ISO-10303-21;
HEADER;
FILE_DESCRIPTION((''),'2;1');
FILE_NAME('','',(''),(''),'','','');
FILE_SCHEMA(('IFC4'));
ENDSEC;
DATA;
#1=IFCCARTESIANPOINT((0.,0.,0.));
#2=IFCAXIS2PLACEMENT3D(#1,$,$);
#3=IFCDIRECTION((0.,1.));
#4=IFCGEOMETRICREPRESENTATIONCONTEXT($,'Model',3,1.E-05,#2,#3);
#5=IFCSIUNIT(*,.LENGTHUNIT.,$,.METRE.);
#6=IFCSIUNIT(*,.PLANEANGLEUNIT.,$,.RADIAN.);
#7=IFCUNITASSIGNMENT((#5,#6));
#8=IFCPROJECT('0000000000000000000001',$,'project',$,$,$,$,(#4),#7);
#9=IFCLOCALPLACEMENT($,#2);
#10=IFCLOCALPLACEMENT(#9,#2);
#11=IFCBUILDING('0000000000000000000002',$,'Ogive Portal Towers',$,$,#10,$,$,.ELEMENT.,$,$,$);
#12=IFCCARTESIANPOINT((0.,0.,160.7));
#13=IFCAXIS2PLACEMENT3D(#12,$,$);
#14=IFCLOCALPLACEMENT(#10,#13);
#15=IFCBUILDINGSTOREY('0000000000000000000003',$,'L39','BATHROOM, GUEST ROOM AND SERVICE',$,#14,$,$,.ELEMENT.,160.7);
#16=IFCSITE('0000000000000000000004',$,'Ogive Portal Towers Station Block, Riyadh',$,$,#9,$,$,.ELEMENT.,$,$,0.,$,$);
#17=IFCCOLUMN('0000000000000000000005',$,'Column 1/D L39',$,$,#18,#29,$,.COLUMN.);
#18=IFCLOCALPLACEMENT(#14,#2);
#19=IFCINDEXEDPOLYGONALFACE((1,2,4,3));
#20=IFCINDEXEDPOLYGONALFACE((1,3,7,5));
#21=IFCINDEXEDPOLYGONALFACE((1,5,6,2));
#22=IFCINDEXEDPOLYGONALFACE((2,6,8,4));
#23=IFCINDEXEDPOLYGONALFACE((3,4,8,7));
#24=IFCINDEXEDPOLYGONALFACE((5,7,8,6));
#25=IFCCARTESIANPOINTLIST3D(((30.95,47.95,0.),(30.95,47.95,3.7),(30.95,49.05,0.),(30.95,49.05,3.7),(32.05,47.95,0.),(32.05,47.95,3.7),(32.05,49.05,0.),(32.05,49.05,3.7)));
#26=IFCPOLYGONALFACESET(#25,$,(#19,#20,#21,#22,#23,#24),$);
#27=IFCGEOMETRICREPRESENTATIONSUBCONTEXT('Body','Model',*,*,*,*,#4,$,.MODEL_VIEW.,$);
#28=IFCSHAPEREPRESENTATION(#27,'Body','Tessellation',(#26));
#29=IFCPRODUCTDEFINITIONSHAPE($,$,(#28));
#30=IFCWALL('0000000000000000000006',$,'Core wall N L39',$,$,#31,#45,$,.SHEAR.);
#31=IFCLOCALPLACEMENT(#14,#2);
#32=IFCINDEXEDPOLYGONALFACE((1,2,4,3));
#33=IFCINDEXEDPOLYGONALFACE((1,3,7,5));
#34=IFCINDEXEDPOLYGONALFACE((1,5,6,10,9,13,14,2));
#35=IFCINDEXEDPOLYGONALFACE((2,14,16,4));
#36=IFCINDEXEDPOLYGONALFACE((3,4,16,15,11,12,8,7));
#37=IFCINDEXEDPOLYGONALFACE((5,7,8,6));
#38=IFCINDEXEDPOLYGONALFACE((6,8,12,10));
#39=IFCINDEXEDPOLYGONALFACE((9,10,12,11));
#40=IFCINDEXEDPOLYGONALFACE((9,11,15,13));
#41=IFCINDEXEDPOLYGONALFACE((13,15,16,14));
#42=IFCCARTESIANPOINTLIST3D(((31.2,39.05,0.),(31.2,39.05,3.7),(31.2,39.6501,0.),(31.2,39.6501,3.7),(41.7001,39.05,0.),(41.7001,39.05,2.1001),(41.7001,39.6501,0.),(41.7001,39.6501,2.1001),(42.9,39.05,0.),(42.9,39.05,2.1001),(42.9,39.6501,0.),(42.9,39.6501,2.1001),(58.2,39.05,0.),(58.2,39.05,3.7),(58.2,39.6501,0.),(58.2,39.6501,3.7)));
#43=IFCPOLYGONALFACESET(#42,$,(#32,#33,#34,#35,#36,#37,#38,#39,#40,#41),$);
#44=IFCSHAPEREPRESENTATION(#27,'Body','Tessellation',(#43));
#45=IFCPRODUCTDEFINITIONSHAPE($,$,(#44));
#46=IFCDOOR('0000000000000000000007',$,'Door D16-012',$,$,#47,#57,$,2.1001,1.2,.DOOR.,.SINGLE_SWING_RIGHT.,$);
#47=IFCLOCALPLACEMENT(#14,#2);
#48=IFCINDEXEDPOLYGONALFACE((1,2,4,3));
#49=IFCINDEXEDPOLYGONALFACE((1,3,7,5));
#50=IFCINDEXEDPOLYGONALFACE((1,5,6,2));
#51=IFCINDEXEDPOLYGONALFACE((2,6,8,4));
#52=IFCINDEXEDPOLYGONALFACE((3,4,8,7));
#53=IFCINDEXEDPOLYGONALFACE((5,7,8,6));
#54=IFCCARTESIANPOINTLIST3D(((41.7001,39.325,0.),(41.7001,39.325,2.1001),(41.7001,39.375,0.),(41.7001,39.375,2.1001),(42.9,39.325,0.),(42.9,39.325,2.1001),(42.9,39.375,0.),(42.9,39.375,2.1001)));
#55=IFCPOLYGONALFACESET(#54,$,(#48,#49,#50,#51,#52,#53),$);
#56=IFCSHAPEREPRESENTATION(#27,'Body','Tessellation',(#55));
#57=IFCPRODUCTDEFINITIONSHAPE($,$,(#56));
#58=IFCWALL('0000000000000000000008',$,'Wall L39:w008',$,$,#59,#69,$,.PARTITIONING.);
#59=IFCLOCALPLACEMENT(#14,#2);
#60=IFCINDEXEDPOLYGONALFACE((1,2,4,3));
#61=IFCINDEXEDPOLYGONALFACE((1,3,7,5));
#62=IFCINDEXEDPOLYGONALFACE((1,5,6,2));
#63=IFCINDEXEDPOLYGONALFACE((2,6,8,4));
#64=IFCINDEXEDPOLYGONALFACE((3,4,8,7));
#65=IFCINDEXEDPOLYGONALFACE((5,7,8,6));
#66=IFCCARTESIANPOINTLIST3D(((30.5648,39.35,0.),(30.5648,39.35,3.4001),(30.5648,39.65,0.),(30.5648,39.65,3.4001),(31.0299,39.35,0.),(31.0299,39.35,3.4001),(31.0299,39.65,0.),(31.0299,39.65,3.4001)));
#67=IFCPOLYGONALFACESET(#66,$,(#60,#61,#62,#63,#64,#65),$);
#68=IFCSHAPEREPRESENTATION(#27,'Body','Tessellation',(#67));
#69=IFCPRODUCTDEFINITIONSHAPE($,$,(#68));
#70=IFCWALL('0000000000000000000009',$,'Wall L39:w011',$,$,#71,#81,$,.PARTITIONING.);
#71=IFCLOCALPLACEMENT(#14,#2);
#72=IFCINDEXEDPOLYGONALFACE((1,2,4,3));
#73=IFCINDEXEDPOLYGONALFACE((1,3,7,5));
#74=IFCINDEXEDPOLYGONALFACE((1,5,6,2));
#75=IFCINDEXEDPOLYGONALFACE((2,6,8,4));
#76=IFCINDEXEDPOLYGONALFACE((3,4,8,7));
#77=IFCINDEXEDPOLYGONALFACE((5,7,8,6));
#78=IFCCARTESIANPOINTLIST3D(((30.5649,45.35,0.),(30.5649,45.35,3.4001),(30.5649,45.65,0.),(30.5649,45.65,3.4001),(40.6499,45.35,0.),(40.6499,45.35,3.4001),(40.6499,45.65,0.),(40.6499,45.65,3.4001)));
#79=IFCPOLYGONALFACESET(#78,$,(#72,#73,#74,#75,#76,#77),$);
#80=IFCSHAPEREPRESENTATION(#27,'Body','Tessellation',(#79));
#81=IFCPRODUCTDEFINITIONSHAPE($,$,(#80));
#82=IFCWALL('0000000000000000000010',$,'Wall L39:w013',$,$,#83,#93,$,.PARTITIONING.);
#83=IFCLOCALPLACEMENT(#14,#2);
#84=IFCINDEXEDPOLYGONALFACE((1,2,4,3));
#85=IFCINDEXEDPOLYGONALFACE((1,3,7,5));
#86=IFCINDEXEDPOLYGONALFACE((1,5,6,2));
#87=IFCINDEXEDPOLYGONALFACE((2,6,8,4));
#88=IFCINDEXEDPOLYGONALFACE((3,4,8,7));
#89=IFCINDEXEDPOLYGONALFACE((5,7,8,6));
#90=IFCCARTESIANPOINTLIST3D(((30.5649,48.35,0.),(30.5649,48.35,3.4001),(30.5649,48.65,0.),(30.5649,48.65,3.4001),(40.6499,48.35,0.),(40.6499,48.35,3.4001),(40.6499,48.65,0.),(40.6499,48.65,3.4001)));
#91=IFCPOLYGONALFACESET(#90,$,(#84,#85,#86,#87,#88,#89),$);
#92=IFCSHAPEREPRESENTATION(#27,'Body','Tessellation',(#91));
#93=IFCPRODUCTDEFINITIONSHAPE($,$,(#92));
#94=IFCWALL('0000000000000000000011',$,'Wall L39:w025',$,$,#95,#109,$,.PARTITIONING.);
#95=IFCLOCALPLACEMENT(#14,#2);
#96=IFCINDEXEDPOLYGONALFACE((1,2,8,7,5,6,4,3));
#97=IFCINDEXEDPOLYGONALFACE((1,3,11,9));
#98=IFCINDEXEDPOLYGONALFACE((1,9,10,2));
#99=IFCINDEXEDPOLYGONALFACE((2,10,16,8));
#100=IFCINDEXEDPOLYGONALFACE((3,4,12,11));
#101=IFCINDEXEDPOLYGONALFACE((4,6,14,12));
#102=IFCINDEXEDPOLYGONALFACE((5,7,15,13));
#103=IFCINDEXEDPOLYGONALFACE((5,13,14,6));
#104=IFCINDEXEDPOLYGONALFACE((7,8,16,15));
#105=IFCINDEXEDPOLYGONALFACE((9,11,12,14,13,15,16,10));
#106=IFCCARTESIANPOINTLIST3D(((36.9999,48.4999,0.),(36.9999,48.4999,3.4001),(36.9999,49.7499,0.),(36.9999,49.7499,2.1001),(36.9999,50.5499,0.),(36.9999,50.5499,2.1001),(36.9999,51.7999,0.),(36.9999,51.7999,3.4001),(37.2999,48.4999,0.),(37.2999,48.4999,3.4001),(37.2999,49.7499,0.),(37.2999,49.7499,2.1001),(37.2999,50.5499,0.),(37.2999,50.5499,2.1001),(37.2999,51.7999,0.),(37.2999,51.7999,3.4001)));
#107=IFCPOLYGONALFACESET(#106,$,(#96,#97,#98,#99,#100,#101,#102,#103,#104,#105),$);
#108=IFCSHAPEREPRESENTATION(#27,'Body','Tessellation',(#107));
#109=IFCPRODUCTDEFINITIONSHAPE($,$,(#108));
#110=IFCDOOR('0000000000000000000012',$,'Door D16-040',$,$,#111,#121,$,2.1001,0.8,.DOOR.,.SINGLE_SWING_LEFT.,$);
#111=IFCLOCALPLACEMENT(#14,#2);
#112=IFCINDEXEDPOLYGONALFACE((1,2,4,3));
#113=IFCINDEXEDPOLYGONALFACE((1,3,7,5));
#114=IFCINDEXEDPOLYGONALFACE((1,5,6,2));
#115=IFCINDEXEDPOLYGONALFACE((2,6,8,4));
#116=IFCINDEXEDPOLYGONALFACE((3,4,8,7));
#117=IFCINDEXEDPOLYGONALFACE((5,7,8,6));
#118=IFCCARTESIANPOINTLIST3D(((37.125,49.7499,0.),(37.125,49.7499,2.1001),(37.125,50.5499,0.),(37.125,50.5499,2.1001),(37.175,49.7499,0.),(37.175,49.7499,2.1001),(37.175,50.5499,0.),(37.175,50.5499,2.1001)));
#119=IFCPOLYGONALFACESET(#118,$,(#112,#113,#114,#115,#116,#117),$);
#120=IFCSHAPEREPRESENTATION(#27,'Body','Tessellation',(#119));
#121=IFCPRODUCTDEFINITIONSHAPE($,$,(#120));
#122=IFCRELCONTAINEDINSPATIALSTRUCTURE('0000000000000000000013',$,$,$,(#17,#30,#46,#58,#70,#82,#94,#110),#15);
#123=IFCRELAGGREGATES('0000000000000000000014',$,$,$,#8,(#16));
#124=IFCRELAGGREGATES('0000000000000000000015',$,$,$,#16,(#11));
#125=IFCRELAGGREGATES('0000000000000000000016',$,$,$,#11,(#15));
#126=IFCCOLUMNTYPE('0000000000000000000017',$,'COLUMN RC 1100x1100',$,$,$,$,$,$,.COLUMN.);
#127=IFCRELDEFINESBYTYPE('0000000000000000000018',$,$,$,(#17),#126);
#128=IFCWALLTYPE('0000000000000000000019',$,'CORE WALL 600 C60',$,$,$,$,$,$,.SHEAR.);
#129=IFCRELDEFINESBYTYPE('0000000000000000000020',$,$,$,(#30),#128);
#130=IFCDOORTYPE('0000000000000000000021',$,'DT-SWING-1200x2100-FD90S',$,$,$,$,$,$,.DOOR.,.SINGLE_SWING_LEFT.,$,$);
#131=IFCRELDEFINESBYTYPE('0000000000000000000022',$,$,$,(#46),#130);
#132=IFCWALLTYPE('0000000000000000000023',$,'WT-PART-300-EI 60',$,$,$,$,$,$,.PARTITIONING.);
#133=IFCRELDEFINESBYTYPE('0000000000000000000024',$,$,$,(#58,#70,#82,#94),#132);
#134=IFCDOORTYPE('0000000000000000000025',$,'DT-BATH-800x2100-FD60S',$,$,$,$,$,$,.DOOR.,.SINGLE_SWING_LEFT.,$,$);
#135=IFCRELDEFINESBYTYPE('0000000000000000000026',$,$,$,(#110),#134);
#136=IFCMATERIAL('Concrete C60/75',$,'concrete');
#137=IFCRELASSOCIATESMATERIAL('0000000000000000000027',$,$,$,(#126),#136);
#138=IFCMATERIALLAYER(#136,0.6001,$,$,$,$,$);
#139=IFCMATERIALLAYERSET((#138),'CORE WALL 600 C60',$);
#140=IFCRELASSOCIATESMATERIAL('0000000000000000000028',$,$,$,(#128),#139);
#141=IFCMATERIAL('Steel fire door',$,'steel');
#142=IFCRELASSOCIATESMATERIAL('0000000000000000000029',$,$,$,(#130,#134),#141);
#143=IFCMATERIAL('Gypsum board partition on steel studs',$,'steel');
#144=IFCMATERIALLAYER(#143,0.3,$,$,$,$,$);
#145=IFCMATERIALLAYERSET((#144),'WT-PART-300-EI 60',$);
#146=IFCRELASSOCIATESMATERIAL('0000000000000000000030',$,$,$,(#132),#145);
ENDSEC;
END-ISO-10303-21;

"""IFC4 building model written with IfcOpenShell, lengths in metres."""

from ifc_helpers import new_model, si_unit, direction, frame, frame_2d, origin, origin_2d, place, context, subcontext, project, spatial, rectangle, extrude, material, layer, layer_set, material_profile, profile_set, type_object, element, fill, save


model = new_model("IFC4")

# Units and contexts
model_context = context("Model", 3, precision=1e-05, world=origin(), true_north=direction((0.0, 1.0)))
body_context = subcontext(model_context, "Body", "Model", "MODEL_VIEW")
ifc_project = project(units=[si_unit("LENGTHUNIT", "METRE"), si_unit("PLANEANGLEUNIT", "RADIAN")], contexts=[model_context])

# Site, building, storey
site_placement = place(None, origin())
site = spatial("IfcSite", under=ifc_project, at=site_placement, Name="Ogive Portal Towers Station Block, Riyadh", CompositionType="ELEMENT", RefElevation=0.0)
building_placement = place(site_placement, origin())
building = spatial("IfcBuilding", under=site, at=building_placement, Name="Ogive Portal Towers", CompositionType="ELEMENT")
storey_placement = place(building_placement, frame((0.0, 0.0, 160.7)))
storey = spatial("IfcBuildingStorey", under=building, at=storey_placement, Name="L39", Description="BATHROOM, GUEST ROOM AND SERVICE", CompositionType="ELEMENT", Elevation=160.7)

# Column
ifc_material_1 = material(Name="Concrete C60/75", Category="concrete")
ifc_material_profile = material_profile(ifc_material_1, rectangle(XDim=1.1001, YDim=1.1001, at=origin_2d()), Name="RC 1100x1100")
ifc_profile_set = profile_set([ifc_material_profile], Name="Concrete C60/75")
column_type = type_object("IfcColumnType", Name="COLUMN RC 1100x1100", PredefinedType="COLUMN", material=ifc_profile_set)
column_placement = place(storey_placement, frame((31.5, 48.5, 0.0), z_axis=(0.0, 0.0, 1.0), x_axis=(1.0, 0.0, 0.0)))
element("IfcColumn", 1, at=column_placement, inside=storey, type_object=column_type, Name="Column 1/D L39", PredefinedType="COLUMN", context=body_context, shape_type="SweptSolid", body=[
    extrude(rectangle(XDim=1.1001, YDim=1.1001, at=origin_2d()), origin(), (0.0, 0.0, 1.0), 3.7),
])

# Wall, opening, door
ifc_layer_1 = layer(ifc_material_1, 0.6001)
ifc_layer_set_1 = layer_set([ifc_layer_1], Name="CORE WALL 600 C60")
wall_type_1 = type_object("IfcWallType", Name="CORE WALL 600 C60", PredefinedType="SHEAR", material=ifc_layer_set_1)
wall_1_placement = place(storey_placement, frame((31.2, 39.3501, 0.0), z_axis=(0.0, 0.0, 1.0), x_axis=(1.0, 0.0, 0.0)))
wall_1 = element("IfcWall", 2, at=wall_1_placement, inside=storey, type_object=wall_type_1, Name="Core wall N L39", PredefinedType="SHEAR", context=body_context, shape_type="SweptSolid", body=[
    extrude(rectangle(XDim=27.0, YDim=0.6001, at=frame_2d((13.5, 0.0))), origin(), (0.0, 0.0, 1.0), 3.7),
])
opening_1_placement = place(wall_1_placement, frame((10.5, 0.0, 0.0)))
opening_1 = element("IfcOpeningElement", 3, at=opening_1_placement, cuts=wall_1, PredefinedType="OPENING", context=body_context, shape_type="SweptSolid", body=[
    extrude(rectangle(XDim=1.2, YDim=2.1001, at=frame_2d((0.6001, 1.05))), frame((0.0, 0.3101, 0.0), z_axis=(0.0, -1.0, 0.0), x_axis=(1.0, 0.0, 0.0)), (0.0, 0.0, 1.0), 0.6201),
])
ifc_material_2 = material(Name="Steel fire door", Category="steel")
door_type_1 = type_object("IfcDoorType", Name="DT-SWING-1200x2100-FD90S", OperationType="SINGLE_SWING_LEFT", PredefinedType="DOOR", material=ifc_material_2)
door_1_placement = place(opening_1_placement, origin())
door_1 = element("IfcDoor", 4, at=door_1_placement, inside=storey, type_object=door_type_1, Name="Door D16-012", OperationType="SINGLE_SWING_RIGHT", OverallHeight=2.1001, OverallWidth=1.2, PredefinedType="DOOR", context=body_context, shape_type="SweptSolid", body=[
    extrude(rectangle(XDim=1.2, YDim=2.1001, at=frame_2d((0.6001, 1.05))), frame((0.0, 0.0249, 0.0), z_axis=(0.0, -1.0, 0.0), x_axis=(1.0, 0.0, 0.0)), (0.0, 0.0, 1.0), 0.05),
])
fill(opening_1, door_1)

# Walls
ifc_material_3 = material(Name="Gypsum board partition on steel studs", Category="steel")
ifc_layer_2 = layer(ifc_material_3, 0.3)
ifc_layer_set_2 = layer_set([ifc_layer_2], Name="WT-PART-300-EI 60")
wall_type_2 = type_object("IfcWallType", Name="WT-PART-300-EI 60", PredefinedType="PARTITIONING", material=ifc_layer_set_2)
wall_2_placement = place(storey_placement, frame((30.5649, 39.5, 0.0), z_axis=(0.0, 0.0, 1.0), x_axis=(1.0, 0.0, 0.0)))
element("IfcWall", 5, at=wall_2_placement, inside=storey, type_object=wall_type_2, Name="Wall L39:w008", PredefinedType="PARTITIONING", context=body_context, shape_type="SweptSolid", body=[
    extrude(rectangle(XDim=0.4651, YDim=0.3, at=frame_2d((0.2324, 0.0))), origin(), (0.0, 0.0, 1.0), 3.4001),
])
for number, where, z_axis, x_axis, name in (
    (6, (30.5649, 45.5, 0.0), (0.0, 0.0, 1.0), (1.0, 0.0, 0.0), "Wall L39:w011"),
    (7, (30.5649, 48.5, 0.0), (0.0, 0.0, 1.0), (1.0, 0.0, 0.0), "Wall L39:w013"),
):
    element("IfcWall", number, at=place(storey_placement, frame(where, z_axis=z_axis, x_axis=x_axis)), inside=storey, type_object=wall_type_2, Name=name, PredefinedType="PARTITIONING", context=body_context, shape_type="SweptSolid", body=[
        extrude(rectangle(XDim=10.085, YDim=0.3, at=frame_2d((5.0425, 0.0))), origin(), (0.0, 0.0, 1.0), 3.4001),
    ])

# Wall, opening, door
wall_3_placement = place(storey_placement, frame((37.1499, 48.5, 0.0), z_axis=(0.0, 0.0, 1.0), x_axis=(0.0, 1.0, 0.0)))
wall_3 = element("IfcWall", 8, at=wall_3_placement, inside=storey, type_object=wall_type_2, Name="Wall L39:w025", PredefinedType="PARTITIONING", context=body_context, shape_type="SweptSolid", body=[
    extrude(rectangle(XDim=3.3, YDim=0.3, at=frame_2d((1.6499, 0.0))), origin(), (0.0, 0.0, 1.0), 3.4001),
])
opening_2_placement = place(wall_3_placement, frame((1.25, 0.0, 0.0)))
opening_2 = element("IfcOpeningElement", 9, at=opening_2_placement, cuts=wall_3, PredefinedType="OPENING", context=body_context, shape_type="SweptSolid", body=[
    extrude(rectangle(XDim=0.8, YDim=2.1001, at=frame_2d((0.3999, 1.05))), frame((0.0, 0.1602, 0.0), z_axis=(0.0, -1.0, 0.0), x_axis=(1.0, 0.0, 0.0)), (0.0, 0.0, 1.0), 0.3201),
])
door_type_2 = type_object("IfcDoorType", Name="DT-BATH-800x2100-FD60S", OperationType="SINGLE_SWING_LEFT", PredefinedType="DOOR", material=ifc_material_2)
door_2_placement = place(opening_2_placement, origin())
door_2 = element("IfcDoor", 10, at=door_2_placement, inside=storey, type_object=door_type_2, Name="Door D16-040", OperationType="SINGLE_SWING_LEFT", OverallHeight=2.1001, OverallWidth=0.8, PredefinedType="DOOR", context=body_context, shape_type="SweptSolid", body=[
    extrude(rectangle(XDim=0.8, YDim=2.1001, at=frame_2d((0.3999, 1.05))), frame((0.0, 0.0249, 0.0), z_axis=(0.0, -1.0, 0.0), x_axis=(1.0, 0.0, 0.0)), (0.0, 0.0, 1.0), 0.05),
])
fill(opening_2, door_2)

save(model, "model.ifc")
